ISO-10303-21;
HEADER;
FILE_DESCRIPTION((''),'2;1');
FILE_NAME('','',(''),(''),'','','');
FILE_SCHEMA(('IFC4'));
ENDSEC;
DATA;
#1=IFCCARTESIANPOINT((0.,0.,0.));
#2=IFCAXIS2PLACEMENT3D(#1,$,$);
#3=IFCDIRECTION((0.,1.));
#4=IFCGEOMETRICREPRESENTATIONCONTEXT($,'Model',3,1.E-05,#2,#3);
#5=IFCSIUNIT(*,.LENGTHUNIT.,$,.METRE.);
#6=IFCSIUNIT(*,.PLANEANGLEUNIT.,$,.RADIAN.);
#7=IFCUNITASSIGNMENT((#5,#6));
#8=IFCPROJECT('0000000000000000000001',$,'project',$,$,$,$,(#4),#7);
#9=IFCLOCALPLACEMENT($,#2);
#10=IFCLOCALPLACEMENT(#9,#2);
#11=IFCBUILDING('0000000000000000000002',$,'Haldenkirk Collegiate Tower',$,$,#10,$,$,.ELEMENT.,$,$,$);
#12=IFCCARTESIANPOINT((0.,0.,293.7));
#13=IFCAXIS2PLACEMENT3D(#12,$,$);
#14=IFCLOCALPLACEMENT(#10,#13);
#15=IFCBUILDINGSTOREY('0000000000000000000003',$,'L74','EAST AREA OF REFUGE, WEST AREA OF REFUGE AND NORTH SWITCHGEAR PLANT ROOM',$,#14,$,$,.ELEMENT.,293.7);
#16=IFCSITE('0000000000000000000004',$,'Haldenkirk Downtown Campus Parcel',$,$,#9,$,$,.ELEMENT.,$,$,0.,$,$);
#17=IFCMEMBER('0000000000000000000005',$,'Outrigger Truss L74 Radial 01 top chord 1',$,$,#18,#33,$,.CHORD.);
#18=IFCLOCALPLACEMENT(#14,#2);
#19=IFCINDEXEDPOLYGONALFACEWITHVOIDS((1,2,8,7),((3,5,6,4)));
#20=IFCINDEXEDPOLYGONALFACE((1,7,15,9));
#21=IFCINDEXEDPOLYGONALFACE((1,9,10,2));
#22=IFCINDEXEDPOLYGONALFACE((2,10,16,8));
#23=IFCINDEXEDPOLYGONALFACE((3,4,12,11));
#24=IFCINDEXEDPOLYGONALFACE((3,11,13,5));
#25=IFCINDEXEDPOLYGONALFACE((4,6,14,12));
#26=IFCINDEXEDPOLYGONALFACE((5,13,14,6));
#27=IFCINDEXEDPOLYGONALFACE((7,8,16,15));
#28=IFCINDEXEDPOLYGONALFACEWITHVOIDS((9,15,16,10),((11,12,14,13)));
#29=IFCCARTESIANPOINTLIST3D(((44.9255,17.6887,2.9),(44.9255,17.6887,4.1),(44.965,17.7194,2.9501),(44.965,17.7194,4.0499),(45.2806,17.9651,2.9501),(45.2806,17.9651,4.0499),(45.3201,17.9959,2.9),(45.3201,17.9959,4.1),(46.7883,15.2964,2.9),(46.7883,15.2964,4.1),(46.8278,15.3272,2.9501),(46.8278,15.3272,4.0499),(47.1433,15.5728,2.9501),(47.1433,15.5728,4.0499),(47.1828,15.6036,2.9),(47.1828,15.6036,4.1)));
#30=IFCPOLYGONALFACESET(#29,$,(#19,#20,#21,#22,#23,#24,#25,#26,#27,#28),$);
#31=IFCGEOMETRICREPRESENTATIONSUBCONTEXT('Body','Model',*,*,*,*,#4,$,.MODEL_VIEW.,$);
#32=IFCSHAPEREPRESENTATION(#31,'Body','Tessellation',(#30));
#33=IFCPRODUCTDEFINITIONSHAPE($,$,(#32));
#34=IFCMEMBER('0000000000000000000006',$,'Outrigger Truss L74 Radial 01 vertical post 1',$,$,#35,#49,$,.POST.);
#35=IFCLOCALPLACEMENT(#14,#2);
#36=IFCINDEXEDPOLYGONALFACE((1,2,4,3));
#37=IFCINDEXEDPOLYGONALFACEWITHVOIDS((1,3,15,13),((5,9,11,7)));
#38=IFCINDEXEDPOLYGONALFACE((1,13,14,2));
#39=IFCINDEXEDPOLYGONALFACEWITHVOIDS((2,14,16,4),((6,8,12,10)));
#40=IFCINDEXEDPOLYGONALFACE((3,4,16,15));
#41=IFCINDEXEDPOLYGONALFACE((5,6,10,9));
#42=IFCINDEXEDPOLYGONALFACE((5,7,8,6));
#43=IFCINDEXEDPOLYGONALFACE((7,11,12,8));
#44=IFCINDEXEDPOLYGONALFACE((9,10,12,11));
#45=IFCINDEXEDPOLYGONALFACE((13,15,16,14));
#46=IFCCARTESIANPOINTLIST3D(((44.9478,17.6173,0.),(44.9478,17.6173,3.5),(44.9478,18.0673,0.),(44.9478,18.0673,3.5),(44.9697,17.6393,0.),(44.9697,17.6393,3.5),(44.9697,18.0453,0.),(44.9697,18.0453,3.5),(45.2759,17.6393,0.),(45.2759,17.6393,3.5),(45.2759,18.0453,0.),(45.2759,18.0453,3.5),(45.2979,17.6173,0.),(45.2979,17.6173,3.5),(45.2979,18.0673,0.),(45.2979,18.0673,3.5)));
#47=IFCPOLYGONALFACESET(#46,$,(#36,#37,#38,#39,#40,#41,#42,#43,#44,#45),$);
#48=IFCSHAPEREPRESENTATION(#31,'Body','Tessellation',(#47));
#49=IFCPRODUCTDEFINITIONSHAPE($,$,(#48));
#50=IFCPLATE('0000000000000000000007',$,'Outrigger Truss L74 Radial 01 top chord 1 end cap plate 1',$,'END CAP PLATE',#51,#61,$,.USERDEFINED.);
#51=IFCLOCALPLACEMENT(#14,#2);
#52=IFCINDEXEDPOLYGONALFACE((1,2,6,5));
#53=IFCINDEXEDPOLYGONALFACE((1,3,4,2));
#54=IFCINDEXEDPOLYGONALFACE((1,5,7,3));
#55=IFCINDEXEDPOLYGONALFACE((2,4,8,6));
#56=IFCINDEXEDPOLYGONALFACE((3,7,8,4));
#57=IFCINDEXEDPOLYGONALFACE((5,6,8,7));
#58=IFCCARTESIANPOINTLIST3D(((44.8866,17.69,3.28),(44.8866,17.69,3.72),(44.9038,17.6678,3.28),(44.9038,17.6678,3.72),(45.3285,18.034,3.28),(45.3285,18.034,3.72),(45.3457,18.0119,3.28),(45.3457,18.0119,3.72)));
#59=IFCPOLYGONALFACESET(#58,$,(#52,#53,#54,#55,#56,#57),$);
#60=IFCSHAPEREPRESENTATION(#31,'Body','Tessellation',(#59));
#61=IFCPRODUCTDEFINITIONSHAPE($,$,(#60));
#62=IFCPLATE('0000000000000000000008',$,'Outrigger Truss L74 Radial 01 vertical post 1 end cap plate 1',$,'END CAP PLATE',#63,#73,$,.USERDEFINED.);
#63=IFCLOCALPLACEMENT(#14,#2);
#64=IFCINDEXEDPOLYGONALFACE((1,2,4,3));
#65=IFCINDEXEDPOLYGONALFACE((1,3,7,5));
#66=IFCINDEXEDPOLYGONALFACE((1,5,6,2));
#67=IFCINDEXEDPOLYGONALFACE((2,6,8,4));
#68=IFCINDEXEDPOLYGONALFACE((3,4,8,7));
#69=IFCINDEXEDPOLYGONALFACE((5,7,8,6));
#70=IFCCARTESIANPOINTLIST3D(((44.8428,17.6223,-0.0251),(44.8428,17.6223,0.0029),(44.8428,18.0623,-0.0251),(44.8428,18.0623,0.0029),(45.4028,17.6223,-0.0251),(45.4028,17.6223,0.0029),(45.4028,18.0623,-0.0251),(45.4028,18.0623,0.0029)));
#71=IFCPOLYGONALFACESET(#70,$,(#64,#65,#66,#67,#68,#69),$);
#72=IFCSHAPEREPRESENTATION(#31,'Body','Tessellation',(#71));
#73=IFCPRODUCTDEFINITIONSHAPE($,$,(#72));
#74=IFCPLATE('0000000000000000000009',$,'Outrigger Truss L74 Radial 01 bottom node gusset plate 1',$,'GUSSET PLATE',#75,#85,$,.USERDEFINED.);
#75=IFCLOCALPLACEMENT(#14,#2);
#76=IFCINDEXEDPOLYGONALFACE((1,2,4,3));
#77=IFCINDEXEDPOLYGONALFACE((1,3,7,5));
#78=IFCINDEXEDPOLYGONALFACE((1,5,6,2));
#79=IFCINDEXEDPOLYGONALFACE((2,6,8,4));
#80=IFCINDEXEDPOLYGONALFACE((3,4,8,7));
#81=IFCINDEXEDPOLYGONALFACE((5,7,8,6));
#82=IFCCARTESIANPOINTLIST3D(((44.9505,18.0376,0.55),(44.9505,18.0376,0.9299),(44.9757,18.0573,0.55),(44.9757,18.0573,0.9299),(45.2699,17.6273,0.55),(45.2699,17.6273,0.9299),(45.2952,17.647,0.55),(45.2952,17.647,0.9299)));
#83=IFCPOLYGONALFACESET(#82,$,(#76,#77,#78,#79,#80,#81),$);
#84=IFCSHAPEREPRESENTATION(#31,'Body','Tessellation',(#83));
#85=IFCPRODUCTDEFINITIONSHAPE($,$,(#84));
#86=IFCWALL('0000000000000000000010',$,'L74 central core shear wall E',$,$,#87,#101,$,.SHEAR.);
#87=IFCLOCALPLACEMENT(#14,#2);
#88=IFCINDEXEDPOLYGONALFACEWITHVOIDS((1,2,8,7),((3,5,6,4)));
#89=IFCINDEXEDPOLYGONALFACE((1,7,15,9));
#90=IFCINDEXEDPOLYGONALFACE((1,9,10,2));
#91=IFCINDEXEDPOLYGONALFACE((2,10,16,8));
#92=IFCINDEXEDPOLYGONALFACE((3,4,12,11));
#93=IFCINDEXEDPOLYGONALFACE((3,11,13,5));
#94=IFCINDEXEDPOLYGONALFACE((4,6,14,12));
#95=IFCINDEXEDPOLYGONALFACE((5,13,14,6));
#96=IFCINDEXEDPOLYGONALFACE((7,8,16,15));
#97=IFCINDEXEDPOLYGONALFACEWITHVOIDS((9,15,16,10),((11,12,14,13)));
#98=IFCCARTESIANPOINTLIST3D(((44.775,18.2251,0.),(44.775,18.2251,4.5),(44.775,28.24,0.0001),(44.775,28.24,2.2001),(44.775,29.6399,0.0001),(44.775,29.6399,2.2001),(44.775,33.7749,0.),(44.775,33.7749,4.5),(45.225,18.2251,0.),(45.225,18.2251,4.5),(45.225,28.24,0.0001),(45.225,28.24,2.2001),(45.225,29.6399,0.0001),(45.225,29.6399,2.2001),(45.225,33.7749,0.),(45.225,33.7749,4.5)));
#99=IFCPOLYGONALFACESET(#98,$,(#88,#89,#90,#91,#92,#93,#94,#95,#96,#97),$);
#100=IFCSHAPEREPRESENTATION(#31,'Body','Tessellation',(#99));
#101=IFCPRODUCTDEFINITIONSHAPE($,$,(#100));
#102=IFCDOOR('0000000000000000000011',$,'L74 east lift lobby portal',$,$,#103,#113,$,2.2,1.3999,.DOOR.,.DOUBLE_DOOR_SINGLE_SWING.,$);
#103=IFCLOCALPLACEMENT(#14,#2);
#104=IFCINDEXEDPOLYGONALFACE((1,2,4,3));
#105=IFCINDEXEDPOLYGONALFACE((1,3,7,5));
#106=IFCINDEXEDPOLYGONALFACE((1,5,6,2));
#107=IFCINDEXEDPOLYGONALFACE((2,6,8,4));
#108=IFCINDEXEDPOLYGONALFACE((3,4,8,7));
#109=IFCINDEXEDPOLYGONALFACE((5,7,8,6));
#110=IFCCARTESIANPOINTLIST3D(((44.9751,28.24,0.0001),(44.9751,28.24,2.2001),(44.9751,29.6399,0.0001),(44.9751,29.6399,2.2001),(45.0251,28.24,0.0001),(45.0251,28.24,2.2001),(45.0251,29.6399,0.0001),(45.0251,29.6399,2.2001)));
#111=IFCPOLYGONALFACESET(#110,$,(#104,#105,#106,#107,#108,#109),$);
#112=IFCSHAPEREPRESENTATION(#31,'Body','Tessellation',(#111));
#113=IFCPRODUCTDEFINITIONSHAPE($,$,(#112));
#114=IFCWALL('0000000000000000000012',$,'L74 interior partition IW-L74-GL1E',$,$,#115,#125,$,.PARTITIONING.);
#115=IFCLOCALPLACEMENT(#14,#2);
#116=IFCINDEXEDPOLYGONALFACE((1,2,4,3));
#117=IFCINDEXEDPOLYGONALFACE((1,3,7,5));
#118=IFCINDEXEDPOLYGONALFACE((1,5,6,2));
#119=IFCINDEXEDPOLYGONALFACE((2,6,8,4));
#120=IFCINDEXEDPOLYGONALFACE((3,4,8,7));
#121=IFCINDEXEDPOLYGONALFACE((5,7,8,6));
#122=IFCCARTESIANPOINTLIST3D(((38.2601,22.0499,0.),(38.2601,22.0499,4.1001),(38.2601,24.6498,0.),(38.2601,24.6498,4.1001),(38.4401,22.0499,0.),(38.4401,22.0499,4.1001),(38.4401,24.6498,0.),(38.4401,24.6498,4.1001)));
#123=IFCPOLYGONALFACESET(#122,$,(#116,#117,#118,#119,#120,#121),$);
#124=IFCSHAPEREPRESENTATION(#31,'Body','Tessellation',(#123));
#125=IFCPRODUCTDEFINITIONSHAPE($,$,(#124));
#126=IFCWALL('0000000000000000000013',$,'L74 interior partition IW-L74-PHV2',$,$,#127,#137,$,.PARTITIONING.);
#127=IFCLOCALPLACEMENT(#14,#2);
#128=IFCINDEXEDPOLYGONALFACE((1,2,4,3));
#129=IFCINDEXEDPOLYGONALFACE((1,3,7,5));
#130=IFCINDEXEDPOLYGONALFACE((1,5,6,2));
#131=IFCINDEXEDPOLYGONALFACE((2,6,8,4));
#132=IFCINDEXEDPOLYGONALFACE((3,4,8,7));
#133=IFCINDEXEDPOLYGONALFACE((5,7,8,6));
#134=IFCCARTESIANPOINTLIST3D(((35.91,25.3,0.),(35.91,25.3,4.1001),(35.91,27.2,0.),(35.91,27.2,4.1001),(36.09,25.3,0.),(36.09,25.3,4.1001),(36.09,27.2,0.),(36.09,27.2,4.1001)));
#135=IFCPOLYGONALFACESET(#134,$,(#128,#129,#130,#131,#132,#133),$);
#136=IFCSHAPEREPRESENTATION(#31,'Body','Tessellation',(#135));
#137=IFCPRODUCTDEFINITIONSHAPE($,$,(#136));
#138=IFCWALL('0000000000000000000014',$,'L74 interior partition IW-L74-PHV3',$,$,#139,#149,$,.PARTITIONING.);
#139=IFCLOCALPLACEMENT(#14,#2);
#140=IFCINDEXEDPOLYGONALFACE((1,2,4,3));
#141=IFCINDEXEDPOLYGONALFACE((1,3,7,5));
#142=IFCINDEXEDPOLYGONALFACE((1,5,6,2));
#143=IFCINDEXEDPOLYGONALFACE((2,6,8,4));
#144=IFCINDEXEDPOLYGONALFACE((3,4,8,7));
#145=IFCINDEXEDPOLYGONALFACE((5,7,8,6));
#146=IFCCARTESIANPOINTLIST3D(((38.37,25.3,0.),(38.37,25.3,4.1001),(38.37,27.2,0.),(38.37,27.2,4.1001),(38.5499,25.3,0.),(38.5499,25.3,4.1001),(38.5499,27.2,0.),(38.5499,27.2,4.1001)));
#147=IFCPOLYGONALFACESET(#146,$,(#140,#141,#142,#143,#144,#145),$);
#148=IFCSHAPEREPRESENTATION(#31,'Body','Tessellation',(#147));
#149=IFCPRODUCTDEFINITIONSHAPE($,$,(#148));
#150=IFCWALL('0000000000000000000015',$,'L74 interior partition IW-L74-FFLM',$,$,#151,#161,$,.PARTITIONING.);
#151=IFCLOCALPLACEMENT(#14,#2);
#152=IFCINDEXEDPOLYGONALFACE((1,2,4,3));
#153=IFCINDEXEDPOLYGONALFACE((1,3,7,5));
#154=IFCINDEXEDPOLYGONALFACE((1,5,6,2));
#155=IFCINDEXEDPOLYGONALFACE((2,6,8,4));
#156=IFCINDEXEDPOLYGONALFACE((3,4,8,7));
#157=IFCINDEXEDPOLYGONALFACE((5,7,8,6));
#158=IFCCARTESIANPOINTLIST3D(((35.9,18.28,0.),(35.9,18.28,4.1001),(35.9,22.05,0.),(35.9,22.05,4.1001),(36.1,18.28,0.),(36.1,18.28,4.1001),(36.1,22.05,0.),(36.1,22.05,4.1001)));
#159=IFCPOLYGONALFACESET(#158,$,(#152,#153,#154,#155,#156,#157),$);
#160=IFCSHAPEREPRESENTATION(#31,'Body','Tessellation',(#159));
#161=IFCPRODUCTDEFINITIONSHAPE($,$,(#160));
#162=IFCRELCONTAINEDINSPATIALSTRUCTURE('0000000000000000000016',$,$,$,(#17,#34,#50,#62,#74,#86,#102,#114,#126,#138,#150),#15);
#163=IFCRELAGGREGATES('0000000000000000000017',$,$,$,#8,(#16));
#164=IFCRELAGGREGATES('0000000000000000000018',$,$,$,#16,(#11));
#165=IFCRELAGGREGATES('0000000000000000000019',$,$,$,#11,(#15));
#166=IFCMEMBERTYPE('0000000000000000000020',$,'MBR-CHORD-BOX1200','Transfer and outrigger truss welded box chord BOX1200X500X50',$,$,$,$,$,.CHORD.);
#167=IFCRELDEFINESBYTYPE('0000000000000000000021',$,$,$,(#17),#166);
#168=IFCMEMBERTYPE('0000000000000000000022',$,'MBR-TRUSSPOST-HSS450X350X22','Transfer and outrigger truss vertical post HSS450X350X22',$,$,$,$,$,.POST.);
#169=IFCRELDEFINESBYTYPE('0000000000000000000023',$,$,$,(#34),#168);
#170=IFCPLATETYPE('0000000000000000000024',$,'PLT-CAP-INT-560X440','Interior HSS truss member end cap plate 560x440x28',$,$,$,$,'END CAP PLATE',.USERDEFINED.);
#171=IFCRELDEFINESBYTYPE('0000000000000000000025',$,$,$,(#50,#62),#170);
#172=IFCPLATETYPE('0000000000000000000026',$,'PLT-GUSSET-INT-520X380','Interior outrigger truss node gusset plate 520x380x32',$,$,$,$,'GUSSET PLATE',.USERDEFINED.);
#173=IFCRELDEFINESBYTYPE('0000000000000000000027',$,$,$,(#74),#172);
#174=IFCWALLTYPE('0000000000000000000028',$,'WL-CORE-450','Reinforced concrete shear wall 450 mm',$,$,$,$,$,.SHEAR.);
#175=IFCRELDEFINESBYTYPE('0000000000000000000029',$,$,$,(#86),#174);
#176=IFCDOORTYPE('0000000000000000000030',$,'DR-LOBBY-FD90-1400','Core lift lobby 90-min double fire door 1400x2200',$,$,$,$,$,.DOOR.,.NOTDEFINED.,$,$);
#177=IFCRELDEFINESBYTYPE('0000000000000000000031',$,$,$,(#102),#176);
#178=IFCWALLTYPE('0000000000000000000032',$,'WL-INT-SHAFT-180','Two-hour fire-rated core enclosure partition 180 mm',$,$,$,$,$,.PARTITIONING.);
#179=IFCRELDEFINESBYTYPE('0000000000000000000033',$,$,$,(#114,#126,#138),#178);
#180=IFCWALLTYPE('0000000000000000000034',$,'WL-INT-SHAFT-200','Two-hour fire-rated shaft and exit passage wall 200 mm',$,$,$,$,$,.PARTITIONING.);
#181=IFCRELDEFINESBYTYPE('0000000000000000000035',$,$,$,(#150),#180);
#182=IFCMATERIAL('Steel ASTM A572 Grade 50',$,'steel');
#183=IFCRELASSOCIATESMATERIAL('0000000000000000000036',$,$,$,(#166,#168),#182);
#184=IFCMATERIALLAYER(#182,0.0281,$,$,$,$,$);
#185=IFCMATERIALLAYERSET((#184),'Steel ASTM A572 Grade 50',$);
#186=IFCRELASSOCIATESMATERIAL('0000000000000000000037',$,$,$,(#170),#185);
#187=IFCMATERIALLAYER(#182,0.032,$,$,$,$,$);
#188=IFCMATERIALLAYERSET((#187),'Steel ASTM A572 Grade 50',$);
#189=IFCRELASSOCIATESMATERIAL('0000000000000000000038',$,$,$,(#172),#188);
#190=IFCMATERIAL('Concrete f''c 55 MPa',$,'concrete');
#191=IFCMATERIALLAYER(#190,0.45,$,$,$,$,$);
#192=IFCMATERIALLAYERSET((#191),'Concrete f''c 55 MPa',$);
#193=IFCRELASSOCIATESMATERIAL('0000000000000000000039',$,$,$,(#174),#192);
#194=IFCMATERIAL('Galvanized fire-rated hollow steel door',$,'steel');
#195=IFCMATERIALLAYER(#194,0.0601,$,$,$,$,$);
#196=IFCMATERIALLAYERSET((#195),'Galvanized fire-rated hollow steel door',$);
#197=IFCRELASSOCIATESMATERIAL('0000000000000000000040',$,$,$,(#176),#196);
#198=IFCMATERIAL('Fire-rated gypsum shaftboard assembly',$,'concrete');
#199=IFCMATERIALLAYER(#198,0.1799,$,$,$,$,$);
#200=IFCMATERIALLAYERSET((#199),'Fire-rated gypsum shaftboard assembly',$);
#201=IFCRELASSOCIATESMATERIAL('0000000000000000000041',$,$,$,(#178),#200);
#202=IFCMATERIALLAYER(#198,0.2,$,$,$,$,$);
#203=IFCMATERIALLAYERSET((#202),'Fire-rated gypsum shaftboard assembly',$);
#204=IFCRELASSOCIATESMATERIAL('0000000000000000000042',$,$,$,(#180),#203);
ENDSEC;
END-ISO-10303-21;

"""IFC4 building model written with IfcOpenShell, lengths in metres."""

from ifc_helpers import new_model, si_unit, direction, frame, frame_2d, origin, origin_2d, place, context, subcontext, project, spatial, rectangle, hollow_rectangle, extrude, source, transform, mapped, material, layer, layer_set, material_profile, profile_set, type_object, element, fill, save


model = new_model("IFC4")

# Units and contexts
model_context = context("Model", 3, precision=1e-05, world=origin(), true_north=direction((0.0, 1.0)))
body_context = subcontext(model_context, "Body", "Model", "MODEL_VIEW")
ifc_project = project(units=[si_unit("LENGTHUNIT", "METRE"), si_unit("PLANEANGLEUNIT", "RADIAN")], contexts=[model_context])

# Site, building, storey
site_placement = place(None, origin())
site = spatial("IfcSite", under=ifc_project, at=site_placement, Name="Haldenkirk Downtown Campus Parcel", CompositionType="ELEMENT", RefElevation=0.0)
building_placement = place(site_placement, origin())
building = spatial("IfcBuilding", under=site, at=building_placement, Name="Haldenkirk Collegiate Tower", CompositionType="ELEMENT")
storey_placement = place(building_placement, frame((0.0, 0.0, 293.7)))
storey = spatial("IfcBuildingStorey", under=building, at=storey_placement, Name="L74", Description="EAST AREA OF REFUGE, WEST AREA OF REFUGE AND NORTH SWITCHGEAR PLANT ROOM", CompositionType="ELEMENT", Elevation=293.7)

# Members
ifc_material_1 = material(Name="Steel ASTM A572 Grade 50", Category="steel")
ifc_material_profile_1 = material_profile(ifc_material_1, hollow_rectangle(XDim=0.5, YDim=1.2, WallThickness=0.05, at=origin_2d()), Name="BOX1200X500X50")
ifc_profile_set_1 = profile_set([ifc_material_profile_1], Name="Steel ASTM A572 Grade 50")
member_type_1 = type_object("IfcMemberType", Name="MBR-CHORD-BOX1200", Description="Transfer and outrigger truss welded box chord BOX1200X500X50", PredefinedType="CHORD", material=ifc_profile_set_1)
member_1_placement = place(storey_placement, frame((45.1228, 17.8423, 3.5), z_axis=(0.61437, -0.789018, 0.0), x_axis=(0.789018, 0.61437, 0.0)))
element("IfcMember", 1, at=member_1_placement, inside=storey, type_object=member_type_1, Name="Outrigger Truss L74 Radial 01 top chord 1", PredefinedType="CHORD", context=body_context, shape_type="SweptSolid", body=[
    extrude(hollow_rectangle(XDim=0.5, YDim=1.2, WallThickness=0.05, at=origin_2d()), origin(), (0.0, 0.0, 1.0), 3.032),
])
ifc_material_profile_2 = material_profile(ifc_material_1, hollow_rectangle(XDim=0.3501, YDim=0.45, WallThickness=0.022, at=origin_2d()), Name="HSS450X350X22")
ifc_profile_set_2 = profile_set([ifc_material_profile_2], Name="Steel ASTM A572 Grade 50")
member_type_2 = type_object("IfcMemberType", Name="MBR-TRUSSPOST-HSS450X350X22", Description="Transfer and outrigger truss vertical post HSS450X350X22", PredefinedType="POST", material=ifc_profile_set_2)
member_2_placement = place(storey_placement, frame((45.1228, 17.8423, 0.0), z_axis=(0.0, 0.0, 1.0), x_axis=(1.0, 0.0, 0.0)))
element("IfcMember", 2, at=member_2_placement, inside=storey, type_object=member_type_2, Name="Outrigger Truss L74 Radial 01 vertical post 1", PredefinedType="POST", context=body_context, shape_type="SweptSolid", body=[
    extrude(hollow_rectangle(XDim=0.3501, YDim=0.45, WallThickness=0.022, at=origin_2d()), origin(), (0.0, 0.0, 1.0), 3.5),
])

# Plates
ifc_layer_1 = layer(ifc_material_1, 0.0281)
ifc_layer_set_1 = layer_set([ifc_layer_1], Name="Steel ASTM A572 Grade 50")
plate_type_1 = type_object("IfcPlateType", Name="PLT-CAP-INT-560X440", Description="Interior HSS truss member end cap plate 560x440x28", ElementType="END CAP PLATE", PredefinedType="USERDEFINED", material=ifc_layer_set_1)
shared_shape_1 = source(origin(), body_context, "Body", "SweptSolid", [
    extrude(rectangle(XDim=0.5601, YDim=0.4399, at=origin_2d()), origin(), (0.0, 0.0, 1.0), 0.0281),
])
for number, where, z_axis, x_axis, name in (
    (3, (45.1248, 17.8398, 3.5), (-0.614352, 0.789032, 0.0), (-0.789032, -0.614352, 0.0), "Outrigger Truss L74 Radial 01 top chord 1 end cap plate 1"),
    (4, (45.1228, 17.8423, 0.0029), (0.0, 0.0, -1.0), (1.0, 0.0, 0.0), "Outrigger Truss L74 Radial 01 vertical post 1 end cap plate 1"),
):
    element("IfcPlate", number, at=place(storey_placement, frame(where, z_axis=z_axis, x_axis=x_axis)), inside=storey, type_object=plate_type_1, Name=name, ObjectType="END CAP PLATE", PredefinedType="USERDEFINED", context=body_context, shape_type="MappedRepresentation", body=[
        mapped(shared_shape_1, transform((0.0, 0.0, 0.0), x_axis=(1.0, 0.0, 0.0), y_axis=(0.0, 1.0, 0.0), z_axis=(0.0, 0.0, 1.0), scale=1.0)),
    ])
ifc_layer_2 = layer(ifc_material_1, 0.032)
ifc_layer_set_2 = layer_set([ifc_layer_2], Name="Steel ASTM A572 Grade 50")
plate_type_2 = type_object("IfcPlateType", Name="PLT-GUSSET-INT-520X380", Description="Interior outrigger truss node gusset plate 520x380x32", ElementType="GUSSET PLATE", PredefinedType="USERDEFINED", material=ifc_layer_set_2)
shared_shape_2 = source(origin(), body_context, "Body", "SweptSolid", [
    extrude(rectangle(XDim=0.52, YDim=0.032, at=origin_2d()), origin(), (0.0, 0.0, 1.0), 0.3799),
])
plate_placement = place(storey_placement, frame((45.1228, 17.8423, 0.55), z_axis=(0.0, 0.0, 1.0), x_axis=(0.614341, -0.78904, 0.0)))
element("IfcPlate", 5, at=plate_placement, inside=storey, type_object=plate_type_2, Name="Outrigger Truss L74 Radial 01 bottom node gusset plate 1", ObjectType="GUSSET PLATE", PredefinedType="USERDEFINED", context=body_context, shape_type="MappedRepresentation", body=[
    mapped(shared_shape_2, transform((0.0, 0.0, 0.0), x_axis=(1.0, 0.0, 0.0), y_axis=(0.0, 1.0, 0.0), z_axis=(0.0, 0.0, 1.0), scale=1.0)),
])

# Wall, opening, door
ifc_material_2 = material(Name="Concrete f'c 55 MPa", Category="concrete")
ifc_layer_3 = layer(ifc_material_2, 0.45)
ifc_layer_set_3 = layer_set([ifc_layer_3], Name="Concrete f'c 55 MPa")
wall_type_1 = type_object("IfcWallType", Name="WL-CORE-450", Description="Reinforced concrete shear wall 450 mm", PredefinedType="SHEAR", material=ifc_layer_set_3)
wall_1_placement = place(storey_placement, frame((45.0, 18.2251, 0.0), z_axis=(0.0, 0.0, 1.0), x_axis=(0.0, 1.0, 0.0)))
wall_1 = element("IfcWall", 6, at=wall_1_placement, inside=storey, type_object=wall_type_1, Name="L74 central core shear wall E", PredefinedType="SHEAR", context=body_context, shape_type="SweptSolid", body=[
    extrude(rectangle(XDim=15.5498, YDim=0.45, at=frame_2d((7.7749, 0.0))), origin(), (0.0, 0.0, 1.0), 4.5),
])
opening_1_placement = place(wall_1_placement, frame((10.0149, 0.0, 0.0)))
opening_1 = element("IfcOpeningElement", 7, at=opening_1_placement, cuts=wall_1, PredefinedType="OPENING", context=body_context, shape_type="SweptSolid", body=[
    extrude(rectangle(XDim=1.3999, YDim=2.2, at=frame_2d((0.7, 1.1001))), frame((0.0, 0.2349, 0.0), z_axis=(0.0, -1.0, 0.0), x_axis=(1.0, 0.0, 0.0)), (0.0, 0.0, 1.0), 0.47),
])
ifc_material_3 = material(Name="Galvanized fire-rated hollow steel door", Category="steel")
ifc_layer_4 = layer(ifc_material_3, 0.0601)
ifc_layer_set_4 = layer_set([ifc_layer_4], Name="Galvanized fire-rated hollow steel door")
door_type_1 = type_object("IfcDoorType", Name="DR-LOBBY-FD90-1400", Description="Core lift lobby 90-min double fire door 1400x2200", OperationType="NOTDEFINED", PredefinedType="DOOR", material=ifc_layer_set_4)
door_1_placement = place(opening_1_placement, origin())
door_1 = element("IfcDoor", 8, at=door_1_placement, inside=storey, type_object=door_type_1, Name="L74 east lift lobby portal", OperationType="DOUBLE_DOOR_SINGLE_SWING", OverallHeight=2.2, OverallWidth=1.3999, PredefinedType="DOOR", context=body_context, shape_type="SweptSolid", body=[
    extrude(rectangle(XDim=1.3999, YDim=2.2, at=frame_2d((0.7, 1.1001))), frame((0.0, 0.0249, 0.0), z_axis=(0.0, -1.0, 0.0), x_axis=(1.0, 0.0, 0.0)), (0.0, 0.0, 1.0), 0.05),
])
fill(opening_1, door_1)

# Walls
ifc_material_4 = material(Name="Fire-rated gypsum shaftboard assembly", Category="concrete")
ifc_layer_5 = layer(ifc_material_4, 0.1799)
ifc_layer_set_5 = layer_set([ifc_layer_5], Name="Fire-rated gypsum shaftboard assembly")
wall_type_2 = type_object("IfcWallType", Name="WL-INT-SHAFT-180", Description="Two-hour fire-rated core enclosure partition 180 mm", PredefinedType="PARTITIONING", material=ifc_layer_set_5)
wall_2_placement = place(storey_placement, frame((38.3501, 22.05, 0.0), z_axis=(0.0, 0.0, 1.0), x_axis=(0.0, 1.0, 0.0)))
element("IfcWall", 9, at=wall_2_placement, inside=storey, type_object=wall_type_2, Name="L74 interior partition IW-L74-GL1E", PredefinedType="PARTITIONING", context=body_context, shape_type="SweptSolid", body=[
    extrude(rectangle(XDim=2.5999, YDim=0.1799, at=frame_2d((1.2998, 0.0))), origin(), (0.0, 0.0, 1.0), 4.1001),
])
for number, where, z_axis, x_axis, name in (
    (10, (36.0, 25.3, 0.0), (0.0, 0.0, 1.0), (0.0, 1.0, 0.0), "L74 interior partition IW-L74-PHV2"),
    (11, (38.46, 25.3, 0.0), (0.0, 0.0, 1.0), (0.0, 1.0, 0.0), "L74 interior partition IW-L74-PHV3"),
):
    element("IfcWall", number, at=place(storey_placement, frame(where, z_axis=z_axis, x_axis=x_axis)), inside=storey, type_object=wall_type_2, Name=name, PredefinedType="PARTITIONING", context=body_context, shape_type="SweptSolid", body=[
        extrude(rectangle(XDim=1.8999, YDim=0.1799, at=frame_2d((0.95, 0.0))), origin(), (0.0, 0.0, 1.0), 4.1001),
    ])
ifc_layer_6 = layer(ifc_material_4, 0.2)
ifc_layer_set_6 = layer_set([ifc_layer_6], Name="Fire-rated gypsum shaftboard assembly")
wall_type_3 = type_object("IfcWallType", Name="WL-INT-SHAFT-200", Description="Two-hour fire-rated shaft and exit passage wall 200 mm", PredefinedType="PARTITIONING", material=ifc_layer_set_6)
wall_3_placement = place(storey_placement, frame((36.0, 18.28, 0.0), z_axis=(0.0, 0.0, 1.0), x_axis=(0.0, 1.0, 0.0)))
element("IfcWall", 12, at=wall_3_placement, inside=storey, type_object=wall_type_3, Name="L74 interior partition IW-L74-FFLM", PredefinedType="PARTITIONING", context=body_context, shape_type="SweptSolid", body=[
    extrude(rectangle(XDim=3.77, YDim=0.2, at=frame_2d((1.885, 0.0))), origin(), (0.0, 0.0, 1.0), 4.1001),
])

save(model, "model.ifc")
